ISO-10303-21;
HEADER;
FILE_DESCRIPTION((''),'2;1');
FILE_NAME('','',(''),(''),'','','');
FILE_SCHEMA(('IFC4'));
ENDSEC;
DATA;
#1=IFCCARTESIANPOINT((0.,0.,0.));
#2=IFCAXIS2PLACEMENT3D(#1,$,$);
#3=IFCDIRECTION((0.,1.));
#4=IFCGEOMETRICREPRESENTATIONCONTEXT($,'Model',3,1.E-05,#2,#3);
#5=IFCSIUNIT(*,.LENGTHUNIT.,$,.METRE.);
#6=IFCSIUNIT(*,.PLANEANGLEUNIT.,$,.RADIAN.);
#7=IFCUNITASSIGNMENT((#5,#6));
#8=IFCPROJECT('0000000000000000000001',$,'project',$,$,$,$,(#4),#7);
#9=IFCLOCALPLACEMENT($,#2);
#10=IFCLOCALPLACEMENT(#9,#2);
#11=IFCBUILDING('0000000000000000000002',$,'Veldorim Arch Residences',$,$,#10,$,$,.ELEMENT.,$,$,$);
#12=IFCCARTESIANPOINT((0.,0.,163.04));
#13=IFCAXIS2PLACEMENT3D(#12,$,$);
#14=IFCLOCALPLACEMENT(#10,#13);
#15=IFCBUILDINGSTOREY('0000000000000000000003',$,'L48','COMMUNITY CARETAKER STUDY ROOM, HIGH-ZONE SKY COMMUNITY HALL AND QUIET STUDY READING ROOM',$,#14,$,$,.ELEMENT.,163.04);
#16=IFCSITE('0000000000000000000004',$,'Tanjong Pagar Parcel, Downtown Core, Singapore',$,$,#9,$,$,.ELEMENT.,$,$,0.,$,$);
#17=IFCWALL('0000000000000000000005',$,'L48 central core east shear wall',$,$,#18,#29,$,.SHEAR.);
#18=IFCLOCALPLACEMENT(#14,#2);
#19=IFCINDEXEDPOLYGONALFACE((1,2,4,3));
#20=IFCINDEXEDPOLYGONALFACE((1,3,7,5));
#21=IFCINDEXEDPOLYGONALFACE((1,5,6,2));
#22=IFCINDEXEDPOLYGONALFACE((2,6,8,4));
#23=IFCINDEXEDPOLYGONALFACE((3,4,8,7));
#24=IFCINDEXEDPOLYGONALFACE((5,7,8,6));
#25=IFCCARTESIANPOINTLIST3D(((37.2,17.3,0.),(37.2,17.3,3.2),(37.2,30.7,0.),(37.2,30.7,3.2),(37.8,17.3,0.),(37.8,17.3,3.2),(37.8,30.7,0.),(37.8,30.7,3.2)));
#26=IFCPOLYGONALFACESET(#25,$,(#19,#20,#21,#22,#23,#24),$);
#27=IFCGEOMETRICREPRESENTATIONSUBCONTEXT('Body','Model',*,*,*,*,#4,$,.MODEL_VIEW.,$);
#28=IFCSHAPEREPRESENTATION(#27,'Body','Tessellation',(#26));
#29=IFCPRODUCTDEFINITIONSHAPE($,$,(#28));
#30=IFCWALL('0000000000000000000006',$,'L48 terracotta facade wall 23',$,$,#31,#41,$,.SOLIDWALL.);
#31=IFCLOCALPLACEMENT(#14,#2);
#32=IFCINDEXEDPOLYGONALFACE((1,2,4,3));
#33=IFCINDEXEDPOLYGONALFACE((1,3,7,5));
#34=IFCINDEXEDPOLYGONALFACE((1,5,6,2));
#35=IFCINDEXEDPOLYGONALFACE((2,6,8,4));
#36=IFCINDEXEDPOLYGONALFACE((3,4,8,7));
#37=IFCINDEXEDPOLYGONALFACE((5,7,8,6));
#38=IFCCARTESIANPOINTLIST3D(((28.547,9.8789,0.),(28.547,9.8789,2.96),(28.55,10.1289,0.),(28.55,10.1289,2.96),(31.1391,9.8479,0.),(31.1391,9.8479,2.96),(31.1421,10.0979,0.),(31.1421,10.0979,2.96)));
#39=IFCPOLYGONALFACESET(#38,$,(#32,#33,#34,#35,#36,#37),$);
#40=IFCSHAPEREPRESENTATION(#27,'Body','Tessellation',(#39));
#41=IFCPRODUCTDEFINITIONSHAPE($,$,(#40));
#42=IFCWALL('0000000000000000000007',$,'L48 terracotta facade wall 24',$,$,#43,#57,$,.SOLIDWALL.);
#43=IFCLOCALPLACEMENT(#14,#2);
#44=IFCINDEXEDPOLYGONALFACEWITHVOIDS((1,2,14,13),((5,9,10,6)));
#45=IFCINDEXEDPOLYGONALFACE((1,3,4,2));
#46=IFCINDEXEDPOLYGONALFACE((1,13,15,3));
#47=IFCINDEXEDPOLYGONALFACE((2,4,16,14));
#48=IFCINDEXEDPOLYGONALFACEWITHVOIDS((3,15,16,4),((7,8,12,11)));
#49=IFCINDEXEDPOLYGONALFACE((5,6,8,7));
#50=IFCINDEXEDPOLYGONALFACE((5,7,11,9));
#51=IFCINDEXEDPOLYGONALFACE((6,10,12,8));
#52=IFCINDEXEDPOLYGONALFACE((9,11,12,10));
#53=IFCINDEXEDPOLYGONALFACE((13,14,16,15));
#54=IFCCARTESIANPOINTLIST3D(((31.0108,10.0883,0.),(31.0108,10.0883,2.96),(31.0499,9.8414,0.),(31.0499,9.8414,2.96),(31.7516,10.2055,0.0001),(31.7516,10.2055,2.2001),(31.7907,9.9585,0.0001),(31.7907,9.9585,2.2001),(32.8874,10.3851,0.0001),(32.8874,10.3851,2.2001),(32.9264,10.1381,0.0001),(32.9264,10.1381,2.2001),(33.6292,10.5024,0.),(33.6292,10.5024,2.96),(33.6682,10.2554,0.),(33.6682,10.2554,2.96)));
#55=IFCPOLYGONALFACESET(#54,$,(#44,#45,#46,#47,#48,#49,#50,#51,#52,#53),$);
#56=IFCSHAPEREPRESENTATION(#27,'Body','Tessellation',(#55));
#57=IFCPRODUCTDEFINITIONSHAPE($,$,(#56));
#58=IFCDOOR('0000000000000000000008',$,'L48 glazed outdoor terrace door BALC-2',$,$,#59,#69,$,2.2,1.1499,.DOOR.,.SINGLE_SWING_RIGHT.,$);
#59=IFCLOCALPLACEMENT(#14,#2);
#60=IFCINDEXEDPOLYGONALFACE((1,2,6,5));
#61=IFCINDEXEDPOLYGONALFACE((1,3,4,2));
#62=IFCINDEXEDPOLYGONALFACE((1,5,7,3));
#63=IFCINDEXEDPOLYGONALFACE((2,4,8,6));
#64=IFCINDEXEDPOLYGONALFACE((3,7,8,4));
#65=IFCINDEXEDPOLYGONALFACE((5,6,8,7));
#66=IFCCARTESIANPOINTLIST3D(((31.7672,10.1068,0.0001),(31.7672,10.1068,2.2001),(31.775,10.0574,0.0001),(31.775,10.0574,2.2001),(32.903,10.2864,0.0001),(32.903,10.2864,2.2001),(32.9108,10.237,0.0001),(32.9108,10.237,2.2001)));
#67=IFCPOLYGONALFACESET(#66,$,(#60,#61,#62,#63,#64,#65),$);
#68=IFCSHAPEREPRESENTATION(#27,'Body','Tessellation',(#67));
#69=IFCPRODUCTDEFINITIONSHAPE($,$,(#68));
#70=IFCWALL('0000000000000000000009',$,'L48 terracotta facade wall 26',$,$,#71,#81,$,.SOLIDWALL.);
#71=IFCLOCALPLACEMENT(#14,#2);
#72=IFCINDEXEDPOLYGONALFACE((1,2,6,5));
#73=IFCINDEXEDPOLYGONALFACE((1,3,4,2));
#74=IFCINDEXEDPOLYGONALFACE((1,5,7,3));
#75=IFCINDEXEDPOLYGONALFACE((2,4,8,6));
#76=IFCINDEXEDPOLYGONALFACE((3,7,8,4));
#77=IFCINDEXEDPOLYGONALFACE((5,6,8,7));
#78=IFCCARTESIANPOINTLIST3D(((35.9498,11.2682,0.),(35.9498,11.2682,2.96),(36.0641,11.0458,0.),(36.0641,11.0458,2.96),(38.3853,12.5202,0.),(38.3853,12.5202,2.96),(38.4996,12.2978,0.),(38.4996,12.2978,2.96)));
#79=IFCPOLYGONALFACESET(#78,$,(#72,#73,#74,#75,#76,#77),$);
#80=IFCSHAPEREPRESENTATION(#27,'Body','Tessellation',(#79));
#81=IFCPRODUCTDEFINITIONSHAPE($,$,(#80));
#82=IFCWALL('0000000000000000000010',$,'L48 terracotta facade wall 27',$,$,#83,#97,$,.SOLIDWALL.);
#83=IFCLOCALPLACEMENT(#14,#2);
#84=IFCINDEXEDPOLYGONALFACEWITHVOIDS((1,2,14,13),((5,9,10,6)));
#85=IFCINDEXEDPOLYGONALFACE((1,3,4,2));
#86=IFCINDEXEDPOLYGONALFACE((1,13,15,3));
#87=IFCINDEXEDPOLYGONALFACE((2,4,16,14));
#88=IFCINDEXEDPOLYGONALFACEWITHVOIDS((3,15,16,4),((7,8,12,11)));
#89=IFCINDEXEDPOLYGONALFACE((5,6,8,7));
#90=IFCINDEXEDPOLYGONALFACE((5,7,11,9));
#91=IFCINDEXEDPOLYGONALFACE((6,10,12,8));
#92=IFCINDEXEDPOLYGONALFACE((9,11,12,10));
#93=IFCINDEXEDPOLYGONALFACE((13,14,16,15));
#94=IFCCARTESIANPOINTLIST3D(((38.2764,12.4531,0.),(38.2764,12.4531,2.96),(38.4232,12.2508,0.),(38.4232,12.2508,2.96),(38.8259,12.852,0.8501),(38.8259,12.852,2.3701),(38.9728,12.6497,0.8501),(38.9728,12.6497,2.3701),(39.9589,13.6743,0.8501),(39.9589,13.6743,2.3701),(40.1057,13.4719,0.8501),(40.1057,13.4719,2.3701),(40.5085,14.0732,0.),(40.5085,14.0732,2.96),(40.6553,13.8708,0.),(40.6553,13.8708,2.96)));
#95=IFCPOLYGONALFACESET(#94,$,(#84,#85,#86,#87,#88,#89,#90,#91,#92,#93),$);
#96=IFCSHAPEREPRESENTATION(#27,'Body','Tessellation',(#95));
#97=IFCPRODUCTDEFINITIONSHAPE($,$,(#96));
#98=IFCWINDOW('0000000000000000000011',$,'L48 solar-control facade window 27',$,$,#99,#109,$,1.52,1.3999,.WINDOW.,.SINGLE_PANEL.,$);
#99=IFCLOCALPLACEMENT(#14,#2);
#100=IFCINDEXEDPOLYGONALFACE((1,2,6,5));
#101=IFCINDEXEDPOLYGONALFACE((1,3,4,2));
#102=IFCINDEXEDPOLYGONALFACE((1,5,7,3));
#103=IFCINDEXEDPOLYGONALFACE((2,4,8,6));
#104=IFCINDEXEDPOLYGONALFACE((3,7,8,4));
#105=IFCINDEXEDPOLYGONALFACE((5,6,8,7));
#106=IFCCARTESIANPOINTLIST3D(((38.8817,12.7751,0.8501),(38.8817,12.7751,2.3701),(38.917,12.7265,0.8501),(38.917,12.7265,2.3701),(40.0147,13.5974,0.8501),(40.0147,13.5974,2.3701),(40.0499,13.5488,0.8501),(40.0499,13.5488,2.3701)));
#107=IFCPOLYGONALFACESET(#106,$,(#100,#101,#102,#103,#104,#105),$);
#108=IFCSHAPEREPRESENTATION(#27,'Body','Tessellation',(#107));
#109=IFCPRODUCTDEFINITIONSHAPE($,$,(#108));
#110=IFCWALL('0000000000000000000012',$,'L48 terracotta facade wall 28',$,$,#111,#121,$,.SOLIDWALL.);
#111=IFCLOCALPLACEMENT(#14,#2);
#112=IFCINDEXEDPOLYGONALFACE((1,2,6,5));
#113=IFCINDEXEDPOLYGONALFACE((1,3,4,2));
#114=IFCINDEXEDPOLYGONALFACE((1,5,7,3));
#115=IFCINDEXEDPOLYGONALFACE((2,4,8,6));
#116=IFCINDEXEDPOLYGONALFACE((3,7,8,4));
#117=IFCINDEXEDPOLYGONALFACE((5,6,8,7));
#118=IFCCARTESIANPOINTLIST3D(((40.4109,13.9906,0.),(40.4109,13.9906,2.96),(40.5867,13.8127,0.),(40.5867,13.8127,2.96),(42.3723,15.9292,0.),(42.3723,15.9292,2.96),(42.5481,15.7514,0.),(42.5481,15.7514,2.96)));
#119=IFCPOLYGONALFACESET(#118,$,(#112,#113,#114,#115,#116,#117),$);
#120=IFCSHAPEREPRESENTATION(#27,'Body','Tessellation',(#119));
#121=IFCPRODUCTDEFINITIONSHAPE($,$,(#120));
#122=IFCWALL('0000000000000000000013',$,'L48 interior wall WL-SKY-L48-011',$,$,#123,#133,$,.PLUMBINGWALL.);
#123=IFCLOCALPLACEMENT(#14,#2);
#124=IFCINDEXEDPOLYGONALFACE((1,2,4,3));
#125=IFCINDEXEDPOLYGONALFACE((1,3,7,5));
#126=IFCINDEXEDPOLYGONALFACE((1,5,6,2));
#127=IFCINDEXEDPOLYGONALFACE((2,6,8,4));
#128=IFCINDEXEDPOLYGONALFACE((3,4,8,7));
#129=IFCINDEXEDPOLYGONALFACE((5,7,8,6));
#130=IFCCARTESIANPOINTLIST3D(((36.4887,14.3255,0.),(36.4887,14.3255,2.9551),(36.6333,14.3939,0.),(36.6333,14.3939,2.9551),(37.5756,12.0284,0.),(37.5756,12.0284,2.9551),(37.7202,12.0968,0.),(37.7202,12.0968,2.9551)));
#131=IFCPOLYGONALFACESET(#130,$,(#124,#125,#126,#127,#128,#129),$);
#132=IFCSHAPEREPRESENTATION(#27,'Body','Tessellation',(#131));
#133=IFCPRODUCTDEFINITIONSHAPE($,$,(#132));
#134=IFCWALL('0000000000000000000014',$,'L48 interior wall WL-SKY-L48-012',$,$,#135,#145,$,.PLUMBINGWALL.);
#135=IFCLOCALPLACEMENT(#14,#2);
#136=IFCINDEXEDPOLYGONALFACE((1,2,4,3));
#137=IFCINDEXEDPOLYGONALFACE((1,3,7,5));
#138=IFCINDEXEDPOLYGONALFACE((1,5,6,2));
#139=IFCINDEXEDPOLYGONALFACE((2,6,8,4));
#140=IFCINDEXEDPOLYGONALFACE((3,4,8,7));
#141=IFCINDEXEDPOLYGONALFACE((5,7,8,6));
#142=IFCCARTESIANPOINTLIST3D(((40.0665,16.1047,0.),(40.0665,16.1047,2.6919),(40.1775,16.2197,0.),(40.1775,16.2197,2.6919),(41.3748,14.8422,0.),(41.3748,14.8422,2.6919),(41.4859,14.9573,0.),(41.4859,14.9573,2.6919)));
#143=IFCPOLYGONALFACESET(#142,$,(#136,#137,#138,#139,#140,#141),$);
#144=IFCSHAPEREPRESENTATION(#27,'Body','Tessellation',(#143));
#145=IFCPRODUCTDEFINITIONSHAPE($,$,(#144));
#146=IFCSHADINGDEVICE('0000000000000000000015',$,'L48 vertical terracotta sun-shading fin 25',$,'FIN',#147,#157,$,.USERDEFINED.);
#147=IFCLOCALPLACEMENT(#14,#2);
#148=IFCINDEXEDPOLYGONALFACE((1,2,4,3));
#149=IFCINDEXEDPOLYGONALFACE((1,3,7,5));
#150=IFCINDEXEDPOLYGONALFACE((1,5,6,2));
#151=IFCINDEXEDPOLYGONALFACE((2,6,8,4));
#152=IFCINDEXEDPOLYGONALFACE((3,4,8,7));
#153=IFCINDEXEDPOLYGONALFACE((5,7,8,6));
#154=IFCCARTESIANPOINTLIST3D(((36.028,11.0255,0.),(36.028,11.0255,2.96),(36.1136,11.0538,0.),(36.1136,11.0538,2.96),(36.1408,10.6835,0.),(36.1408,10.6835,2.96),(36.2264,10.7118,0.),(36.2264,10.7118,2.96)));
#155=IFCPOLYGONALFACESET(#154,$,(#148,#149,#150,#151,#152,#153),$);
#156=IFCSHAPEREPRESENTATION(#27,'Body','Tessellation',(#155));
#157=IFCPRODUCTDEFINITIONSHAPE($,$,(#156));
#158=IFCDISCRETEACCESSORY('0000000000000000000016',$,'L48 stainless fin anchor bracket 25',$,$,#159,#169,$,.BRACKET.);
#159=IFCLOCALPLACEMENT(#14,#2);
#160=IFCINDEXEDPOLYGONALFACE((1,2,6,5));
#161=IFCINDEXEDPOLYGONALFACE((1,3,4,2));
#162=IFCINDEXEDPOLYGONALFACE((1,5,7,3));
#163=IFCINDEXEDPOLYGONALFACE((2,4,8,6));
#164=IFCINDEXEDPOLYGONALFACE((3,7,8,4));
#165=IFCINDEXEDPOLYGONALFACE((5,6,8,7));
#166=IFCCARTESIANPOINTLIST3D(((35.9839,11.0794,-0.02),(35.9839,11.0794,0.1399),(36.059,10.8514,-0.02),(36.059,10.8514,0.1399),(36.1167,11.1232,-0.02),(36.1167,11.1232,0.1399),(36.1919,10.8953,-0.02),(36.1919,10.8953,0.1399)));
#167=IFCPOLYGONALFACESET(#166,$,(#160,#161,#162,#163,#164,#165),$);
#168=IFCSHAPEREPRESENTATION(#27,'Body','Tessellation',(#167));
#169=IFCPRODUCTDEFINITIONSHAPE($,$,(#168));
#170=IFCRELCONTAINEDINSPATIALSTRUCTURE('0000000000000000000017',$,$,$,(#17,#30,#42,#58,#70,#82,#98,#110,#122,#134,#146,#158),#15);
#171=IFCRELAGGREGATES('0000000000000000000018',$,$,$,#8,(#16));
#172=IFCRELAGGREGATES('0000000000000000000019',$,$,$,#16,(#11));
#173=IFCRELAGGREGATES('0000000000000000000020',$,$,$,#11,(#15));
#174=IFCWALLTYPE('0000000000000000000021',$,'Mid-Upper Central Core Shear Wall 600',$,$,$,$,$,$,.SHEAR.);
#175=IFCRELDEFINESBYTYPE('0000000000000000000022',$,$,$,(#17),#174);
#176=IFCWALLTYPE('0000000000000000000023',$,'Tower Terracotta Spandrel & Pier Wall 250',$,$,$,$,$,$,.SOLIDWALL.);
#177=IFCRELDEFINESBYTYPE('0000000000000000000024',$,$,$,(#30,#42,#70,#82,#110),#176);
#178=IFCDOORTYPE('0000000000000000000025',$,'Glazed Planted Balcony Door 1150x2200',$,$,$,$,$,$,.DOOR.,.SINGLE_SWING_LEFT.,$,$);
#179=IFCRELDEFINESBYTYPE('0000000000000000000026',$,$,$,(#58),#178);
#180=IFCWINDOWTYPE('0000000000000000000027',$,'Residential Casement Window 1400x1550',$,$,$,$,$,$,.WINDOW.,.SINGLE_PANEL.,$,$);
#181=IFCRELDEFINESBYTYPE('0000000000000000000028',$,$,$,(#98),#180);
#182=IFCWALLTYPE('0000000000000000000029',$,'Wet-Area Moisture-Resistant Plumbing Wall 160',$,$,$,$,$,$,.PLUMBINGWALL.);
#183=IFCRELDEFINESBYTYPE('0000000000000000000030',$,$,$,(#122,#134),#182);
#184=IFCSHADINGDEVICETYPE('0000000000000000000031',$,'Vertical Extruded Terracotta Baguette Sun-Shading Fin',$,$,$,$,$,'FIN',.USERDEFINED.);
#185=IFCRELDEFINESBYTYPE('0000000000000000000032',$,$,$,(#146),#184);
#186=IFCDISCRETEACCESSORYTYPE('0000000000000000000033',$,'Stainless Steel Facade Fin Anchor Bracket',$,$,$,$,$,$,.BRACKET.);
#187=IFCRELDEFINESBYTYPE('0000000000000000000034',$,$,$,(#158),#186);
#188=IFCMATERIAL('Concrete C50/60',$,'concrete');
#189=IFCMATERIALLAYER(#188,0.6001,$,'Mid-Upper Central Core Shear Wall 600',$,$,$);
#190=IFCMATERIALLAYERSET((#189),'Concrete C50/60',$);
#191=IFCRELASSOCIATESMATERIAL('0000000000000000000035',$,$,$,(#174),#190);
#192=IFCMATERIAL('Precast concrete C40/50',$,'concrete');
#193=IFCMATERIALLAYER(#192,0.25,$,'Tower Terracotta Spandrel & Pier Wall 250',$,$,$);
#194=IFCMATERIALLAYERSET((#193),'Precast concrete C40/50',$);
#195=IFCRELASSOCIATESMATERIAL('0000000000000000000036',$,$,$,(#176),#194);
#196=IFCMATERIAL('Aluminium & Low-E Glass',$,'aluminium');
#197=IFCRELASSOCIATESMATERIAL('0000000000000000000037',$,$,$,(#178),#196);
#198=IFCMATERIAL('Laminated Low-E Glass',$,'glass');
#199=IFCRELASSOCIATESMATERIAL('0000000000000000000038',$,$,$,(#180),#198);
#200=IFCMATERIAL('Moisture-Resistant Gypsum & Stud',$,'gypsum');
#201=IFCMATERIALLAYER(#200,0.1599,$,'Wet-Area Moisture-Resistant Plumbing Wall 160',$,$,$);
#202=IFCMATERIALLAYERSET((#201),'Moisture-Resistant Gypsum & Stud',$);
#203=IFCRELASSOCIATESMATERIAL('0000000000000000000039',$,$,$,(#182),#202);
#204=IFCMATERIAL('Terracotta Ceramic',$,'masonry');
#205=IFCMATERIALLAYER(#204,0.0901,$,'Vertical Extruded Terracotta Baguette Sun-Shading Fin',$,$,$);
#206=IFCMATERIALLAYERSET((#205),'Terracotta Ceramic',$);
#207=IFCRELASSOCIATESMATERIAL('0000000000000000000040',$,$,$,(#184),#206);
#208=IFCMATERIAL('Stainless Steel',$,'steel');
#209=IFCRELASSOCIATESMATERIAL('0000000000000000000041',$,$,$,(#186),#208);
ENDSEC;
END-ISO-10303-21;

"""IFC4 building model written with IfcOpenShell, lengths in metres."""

from ifc_helpers import new_model, si_unit, direction, frame, frame_2d, origin, origin_2d, place, context, subcontext, project, spatial, rectangle, extrude, material, layer, layer_set, type_object, element, fill, save


model = new_model("IFC4")

# Units and contexts
model_context = context("Model", 3, precision=1e-05, world=origin(), true_north=direction((0.0, 1.0)))
body_context = subcontext(model_context, "Body", "Model", "MODEL_VIEW")
ifc_project = project(units=[si_unit("LENGTHUNIT", "METRE"), si_unit("PLANEANGLEUNIT", "RADIAN")], contexts=[model_context])

# Site, building, storey
site_placement = place(None, origin())
site = spatial("IfcSite", under=ifc_project, at=site_placement, Name="Tanjong Pagar Parcel, Downtown Core, Singapore", CompositionType="ELEMENT", RefElevation=0.0)
building_placement = place(site_placement, origin())
building = spatial("IfcBuilding", under=site, at=building_placement, Name="Veldorim Arch Residences", CompositionType="ELEMENT")
storey_placement = place(building_placement, frame((0.0, 0.0, 163.04)))
storey = spatial("IfcBuildingStorey", under=building, at=storey_placement, Name="L48", Description="COMMUNITY CARETAKER STUDY ROOM, HIGH-ZONE SKY COMMUNITY HALL AND QUIET STUDY READING ROOM", CompositionType="ELEMENT", Elevation=163.04)

# Walls
ifc_material_1 = material(Name="Concrete C50/60", Category="concrete")
ifc_layer_1 = layer(ifc_material_1, 0.6001, Name="Mid-Upper Central Core Shear Wall 600")
ifc_layer_set_1 = layer_set([ifc_layer_1], Name="Concrete C50/60")
wall_type_1 = type_object("IfcWallType", Name="Mid-Upper Central Core Shear Wall 600", PredefinedType="SHEAR", material=ifc_layer_set_1)
wall_1_placement = place(storey_placement, frame((37.5, 17.3, 0.0), z_axis=(0.0, 0.0, 1.0), x_axis=(0.0, 1.0, 0.0)))
element("IfcWall", 1, at=wall_1_placement, inside=storey, type_object=wall_type_1, Name="L48 central core east shear wall", PredefinedType="SHEAR", context=body_context, shape_type="SweptSolid", body=[
    extrude(rectangle(XDim=13.3999, YDim=0.6001, at=frame_2d((6.7, 0.0))), origin(), (0.0, 0.0, 1.0), 3.2),
])
ifc_material_2 = material(Name="Precast concrete C40/50", Category="concrete")
ifc_layer_2 = layer(ifc_material_2, 0.25, Name="Tower Terracotta Spandrel & Pier Wall 250")
ifc_layer_set_2 = layer_set([ifc_layer_2], Name="Precast concrete C40/50")
wall_type_2 = type_object("IfcWallType", Name="Tower Terracotta Spandrel & Pier Wall 250", PredefinedType="SOLIDWALL", material=ifc_layer_set_2)
wall_2_placement = place(storey_placement, frame((31.1406, 9.9729, 0.0), z_axis=(0.0, 0.0, 1.0), x_axis=(-0.999928, 0.011961, 0.0)))
element("IfcWall", 2, at=wall_2_placement, inside=storey, type_object=wall_type_2, Name="L48 terracotta facade wall 23", PredefinedType="SOLIDWALL", context=body_context, shape_type="SweptSolid", body=[
    extrude(rectangle(XDim=2.5923, YDim=0.25, at=frame_2d((1.2961, 0.0))), origin(), (0.0, 0.0, 1.0), 2.96),
])

# Wall, opening, door
wall_3_placement = place(storey_placement, frame((33.6487, 10.3789, 0.0), z_axis=(0.0, 0.0, 1.0), x_axis=(-0.987726, -0.156194, 0.0)))
wall_3 = element("IfcWall", 3, at=wall_3_placement, inside=storey, type_object=wall_type_2, Name="L48 terracotta facade wall 24", PredefinedType="SOLIDWALL", context=body_context, shape_type="SweptSolid", body=[
    extrude(rectangle(XDim=2.6509, YDim=0.25, at=frame_2d((1.3254, 0.0))), origin(), (0.0, 0.0, 1.0), 2.96),
])
opening_1_placement = place(wall_3_placement, frame((0.751, 0.0, 0.0)))
opening_1 = element("IfcOpeningElement", 4, at=opening_1_placement, cuts=wall_3, PredefinedType="OPENING", context=body_context, shape_type="SweptSolid", body=[
    extrude(rectangle(XDim=1.1499, YDim=2.2, at=frame_2d((0.575, 1.1001))), frame((0.0, 0.135, 0.0), z_axis=(0.0, -1.0, 0.0), x_axis=(1.0, 0.0, 0.0)), (0.0, 0.0, 1.0), 0.27),
])
ifc_material_3 = material(Name="Aluminium & Low-E Glass", Category="aluminium")
door_type_1 = type_object("IfcDoorType", Name="Glazed Planted Balcony Door 1150x2200", OperationType="SINGLE_SWING_LEFT", PredefinedType="DOOR", material=ifc_material_3)
door_1_placement = place(opening_1_placement, origin())
door_1 = element("IfcDoor", 5, at=door_1_placement, inside=storey, type_object=door_type_1, Name="L48 glazed outdoor terrace door BALC-2", OperationType="SINGLE_SWING_RIGHT", OverallHeight=2.2, OverallWidth=1.1499, PredefinedType="DOOR", context=body_context, shape_type="SweptSolid", body=[
    extrude(rectangle(XDim=1.1499, YDim=2.2, at=frame_2d((0.575, 1.1001))), frame((0.0, 0.0249, 0.0), z_axis=(0.0, -1.0, 0.0), x_axis=(1.0, 0.0, 0.0)), (0.0, 0.0, 1.0), 0.05),
])
fill(opening_1, door_1)

# Wall
wall_4_placement = place(storey_placement, frame((38.4424, 12.4089, 0.0), z_axis=(0.0, 0.0, 1.0), x_axis=(-0.889379, -0.457171, 0.0)))
element("IfcWall", 6, at=wall_4_placement, inside=storey, type_object=wall_type_2, Name="L48 terracotta facade wall 26", PredefinedType="SOLIDWALL", context=body_context, shape_type="SweptSolid", body=[
    extrude(rectangle(XDim=2.7385, YDim=0.25, at=frame_2d((1.3691, 0.0))), origin(), (0.0, 0.0, 1.0), 2.96),
])

# Wall, opening, window
wall_5_placement = place(storey_placement, frame((40.5818, 13.9719, 0.0), z_axis=(0.0, 0.0, 1.0), x_axis=(-0.809302, -0.587392, 0.0)))
wall_5 = element("IfcWall", 7, at=wall_5_placement, inside=storey, type_object=wall_type_2, Name="L48 terracotta facade wall 27", PredefinedType="SOLIDWALL", context=body_context, shape_type="SweptSolid", body=[
    extrude(rectangle(XDim=2.7581, YDim=0.25, at=frame_2d((1.3789, 0.0))), origin(), (0.0, 0.0, 1.0), 2.96),
])
opening_2_placement = place(wall_5_placement, frame((0.679, 0.0, 0.8501)))
opening_2 = element("IfcOpeningElement", 8, at=opening_2_placement, cuts=wall_5, PredefinedType="OPENING", context=body_context, shape_type="SweptSolid", body=[
    extrude(rectangle(XDim=1.3999, YDim=1.52, at=frame_2d((0.7, 0.76))), frame((0.0, 0.135, 0.0), z_axis=(0.0, -1.0, 0.0), x_axis=(1.0, 0.0, 0.0)), (0.0, 0.0, 1.0), 0.27),
])
ifc_material_4 = material(Name="Laminated Low-E Glass", Category="glass")
window_type = type_object("IfcWindowType", Name="Residential Casement Window 1400x1550", PartitioningType="SINGLE_PANEL", PredefinedType="WINDOW", material=ifc_material_4)
window_placement = place(opening_2_placement, origin())
window = element("IfcWindow", 9, at=window_placement, inside=storey, type_object=window_type, Name="L48 solar-control facade window 27", OverallHeight=1.52, OverallWidth=1.3999, PartitioningType="SINGLE_PANEL", PredefinedType="WINDOW", context=body_context, shape_type="SweptSolid", body=[
    extrude(rectangle(XDim=1.3999, YDim=1.52, at=frame_2d((0.7, 0.76))), frame((0.0, 0.03, 0.0), z_axis=(0.0, -1.0, 0.0), x_axis=(1.0, 0.0, 0.0)), (0.0, 0.0, 1.0), 0.0601),
])
fill(opening_2, window)

# Walls
wall_6_placement = place(storey_placement, frame((42.4602, 15.8403, 0.0), z_axis=(0.0, 0.0, 1.0), x_axis=(-0.711211, -0.702978, 0.0)))
element("IfcWall", 10, at=wall_6_placement, inside=storey, type_object=wall_type_2, Name="L48 terracotta facade wall 28", PredefinedType="SOLIDWALL", context=body_context, shape_type="SweptSolid", body=[
    extrude(rectangle(XDim=2.7578, YDim=0.25, at=frame_2d((1.3789, 0.0))), origin(), (0.0, 0.0, 1.0), 2.96),
])
ifc_material_5 = material(Name="Moisture-Resistant Gypsum & Stud", Category="gypsum")
ifc_layer_3 = layer(ifc_material_5, 0.1599, Name="Wet-Area Moisture-Resistant Plumbing Wall 160")
ifc_layer_set_3 = layer_set([ifc_layer_3], Name="Moisture-Resistant Gypsum & Stud")
wall_type_3 = type_object("IfcWallType", Name="Wet-Area Moisture-Resistant Plumbing Wall 160", PredefinedType="PLUMBINGWALL", material=ifc_layer_set_3)
wall_7_placement = place(storey_placement, frame((36.561, 14.3596, 0.0), z_axis=(0.0, 0.0, 1.0), x_axis=(0.427702, -0.90392, 0.0)))
element("IfcWall", 11, at=wall_7_placement, inside=storey, type_object=wall_type_3, Name="L48 interior wall WL-SKY-L48-011", PredefinedType="PLUMBINGWALL", context=body_context, shape_type="SweptSolid", body=[
    extrude(rectangle(XDim=2.5413, YDim=0.1599, at=frame_2d((1.2705, 0.0))), origin(), (0.0, 0.0, 1.0), 2.9551),
])
wall_8_placement = place(storey_placement, frame((41.4304, 14.8997, 0.0), z_axis=(0.0, 0.0, 1.0), x_axis=(-0.719617, 0.694372, 0.0)))
element("IfcWall", 12, at=wall_8_placement, inside=storey, type_object=wall_type_3, Name="L48 interior wall WL-SKY-L48-012", PredefinedType="PLUMBINGWALL", context=body_context, shape_type="SweptSolid", body=[
    extrude(rectangle(XDim=1.8181, YDim=0.1599, at=frame_2d((0.9092, 0.0))), origin(), (0.0, 0.0, 1.0), 2.6919),
])

# Shading device
ifc_material_6 = material(Name="Terracotta Ceramic", Category="masonry")
ifc_layer_4 = layer(ifc_material_6, 0.0901, Name="Vertical Extruded Terracotta Baguette Sun-Shading Fin")
ifc_layer_set_4 = layer_set([ifc_layer_4], Name="Terracotta Ceramic")
shading_device_type = type_object("IfcShadingDeviceType", Name="Vertical Extruded Terracotta Baguette Sun-Shading Fin", ElementType="FIN", PredefinedType="USERDEFINED", material=ifc_layer_set_4)
shading_device_placement = place(storey_placement, frame((36.1272, 10.8687, 0.0), z_axis=(0.0, 0.0, 1.0), x_axis=(-0.949699, -0.313164, 0.0)))
element("IfcShadingDevice", 13, at=shading_device_placement, inside=storey, type_object=shading_device_type, Name="L48 vertical terracotta sun-shading fin 25", ObjectType="FIN", PredefinedType="USERDEFINED", context=body_context, shape_type="SweptSolid", body=[
    extrude(rectangle(XDim=0.0901, YDim=0.3601, at=origin_2d()), origin(), (0.0, 0.0, 1.0), 2.96),
])

# Discrete accessory
ifc_material_7 = material(Name="Stainless Steel", Category="steel")
discrete_accessory_type = type_object("IfcDiscreteAccessoryType", Name="Stainless Steel Facade Fin Anchor Bracket", PredefinedType="BRACKET", material=ifc_material_7)
discrete_accessory_placement = place(storey_placement, frame((36.0879, 10.9873, -0.02), z_axis=(0.0, 0.0, 1.0), x_axis=(-0.949699, -0.313164, 0.0)))
element("IfcDiscreteAccessory", 14, at=discrete_accessory_placement, inside=storey, type_object=discrete_accessory_type, Name="L48 stainless fin anchor bracket 25", PredefinedType="BRACKET", context=body_context, shape_type="SweptSolid", body=[
    extrude(rectangle(XDim=0.1399, YDim=0.24, at=origin_2d()), origin(), (0.0, 0.0, 1.0), 0.1599),
])

save(model, "model.ifc")
